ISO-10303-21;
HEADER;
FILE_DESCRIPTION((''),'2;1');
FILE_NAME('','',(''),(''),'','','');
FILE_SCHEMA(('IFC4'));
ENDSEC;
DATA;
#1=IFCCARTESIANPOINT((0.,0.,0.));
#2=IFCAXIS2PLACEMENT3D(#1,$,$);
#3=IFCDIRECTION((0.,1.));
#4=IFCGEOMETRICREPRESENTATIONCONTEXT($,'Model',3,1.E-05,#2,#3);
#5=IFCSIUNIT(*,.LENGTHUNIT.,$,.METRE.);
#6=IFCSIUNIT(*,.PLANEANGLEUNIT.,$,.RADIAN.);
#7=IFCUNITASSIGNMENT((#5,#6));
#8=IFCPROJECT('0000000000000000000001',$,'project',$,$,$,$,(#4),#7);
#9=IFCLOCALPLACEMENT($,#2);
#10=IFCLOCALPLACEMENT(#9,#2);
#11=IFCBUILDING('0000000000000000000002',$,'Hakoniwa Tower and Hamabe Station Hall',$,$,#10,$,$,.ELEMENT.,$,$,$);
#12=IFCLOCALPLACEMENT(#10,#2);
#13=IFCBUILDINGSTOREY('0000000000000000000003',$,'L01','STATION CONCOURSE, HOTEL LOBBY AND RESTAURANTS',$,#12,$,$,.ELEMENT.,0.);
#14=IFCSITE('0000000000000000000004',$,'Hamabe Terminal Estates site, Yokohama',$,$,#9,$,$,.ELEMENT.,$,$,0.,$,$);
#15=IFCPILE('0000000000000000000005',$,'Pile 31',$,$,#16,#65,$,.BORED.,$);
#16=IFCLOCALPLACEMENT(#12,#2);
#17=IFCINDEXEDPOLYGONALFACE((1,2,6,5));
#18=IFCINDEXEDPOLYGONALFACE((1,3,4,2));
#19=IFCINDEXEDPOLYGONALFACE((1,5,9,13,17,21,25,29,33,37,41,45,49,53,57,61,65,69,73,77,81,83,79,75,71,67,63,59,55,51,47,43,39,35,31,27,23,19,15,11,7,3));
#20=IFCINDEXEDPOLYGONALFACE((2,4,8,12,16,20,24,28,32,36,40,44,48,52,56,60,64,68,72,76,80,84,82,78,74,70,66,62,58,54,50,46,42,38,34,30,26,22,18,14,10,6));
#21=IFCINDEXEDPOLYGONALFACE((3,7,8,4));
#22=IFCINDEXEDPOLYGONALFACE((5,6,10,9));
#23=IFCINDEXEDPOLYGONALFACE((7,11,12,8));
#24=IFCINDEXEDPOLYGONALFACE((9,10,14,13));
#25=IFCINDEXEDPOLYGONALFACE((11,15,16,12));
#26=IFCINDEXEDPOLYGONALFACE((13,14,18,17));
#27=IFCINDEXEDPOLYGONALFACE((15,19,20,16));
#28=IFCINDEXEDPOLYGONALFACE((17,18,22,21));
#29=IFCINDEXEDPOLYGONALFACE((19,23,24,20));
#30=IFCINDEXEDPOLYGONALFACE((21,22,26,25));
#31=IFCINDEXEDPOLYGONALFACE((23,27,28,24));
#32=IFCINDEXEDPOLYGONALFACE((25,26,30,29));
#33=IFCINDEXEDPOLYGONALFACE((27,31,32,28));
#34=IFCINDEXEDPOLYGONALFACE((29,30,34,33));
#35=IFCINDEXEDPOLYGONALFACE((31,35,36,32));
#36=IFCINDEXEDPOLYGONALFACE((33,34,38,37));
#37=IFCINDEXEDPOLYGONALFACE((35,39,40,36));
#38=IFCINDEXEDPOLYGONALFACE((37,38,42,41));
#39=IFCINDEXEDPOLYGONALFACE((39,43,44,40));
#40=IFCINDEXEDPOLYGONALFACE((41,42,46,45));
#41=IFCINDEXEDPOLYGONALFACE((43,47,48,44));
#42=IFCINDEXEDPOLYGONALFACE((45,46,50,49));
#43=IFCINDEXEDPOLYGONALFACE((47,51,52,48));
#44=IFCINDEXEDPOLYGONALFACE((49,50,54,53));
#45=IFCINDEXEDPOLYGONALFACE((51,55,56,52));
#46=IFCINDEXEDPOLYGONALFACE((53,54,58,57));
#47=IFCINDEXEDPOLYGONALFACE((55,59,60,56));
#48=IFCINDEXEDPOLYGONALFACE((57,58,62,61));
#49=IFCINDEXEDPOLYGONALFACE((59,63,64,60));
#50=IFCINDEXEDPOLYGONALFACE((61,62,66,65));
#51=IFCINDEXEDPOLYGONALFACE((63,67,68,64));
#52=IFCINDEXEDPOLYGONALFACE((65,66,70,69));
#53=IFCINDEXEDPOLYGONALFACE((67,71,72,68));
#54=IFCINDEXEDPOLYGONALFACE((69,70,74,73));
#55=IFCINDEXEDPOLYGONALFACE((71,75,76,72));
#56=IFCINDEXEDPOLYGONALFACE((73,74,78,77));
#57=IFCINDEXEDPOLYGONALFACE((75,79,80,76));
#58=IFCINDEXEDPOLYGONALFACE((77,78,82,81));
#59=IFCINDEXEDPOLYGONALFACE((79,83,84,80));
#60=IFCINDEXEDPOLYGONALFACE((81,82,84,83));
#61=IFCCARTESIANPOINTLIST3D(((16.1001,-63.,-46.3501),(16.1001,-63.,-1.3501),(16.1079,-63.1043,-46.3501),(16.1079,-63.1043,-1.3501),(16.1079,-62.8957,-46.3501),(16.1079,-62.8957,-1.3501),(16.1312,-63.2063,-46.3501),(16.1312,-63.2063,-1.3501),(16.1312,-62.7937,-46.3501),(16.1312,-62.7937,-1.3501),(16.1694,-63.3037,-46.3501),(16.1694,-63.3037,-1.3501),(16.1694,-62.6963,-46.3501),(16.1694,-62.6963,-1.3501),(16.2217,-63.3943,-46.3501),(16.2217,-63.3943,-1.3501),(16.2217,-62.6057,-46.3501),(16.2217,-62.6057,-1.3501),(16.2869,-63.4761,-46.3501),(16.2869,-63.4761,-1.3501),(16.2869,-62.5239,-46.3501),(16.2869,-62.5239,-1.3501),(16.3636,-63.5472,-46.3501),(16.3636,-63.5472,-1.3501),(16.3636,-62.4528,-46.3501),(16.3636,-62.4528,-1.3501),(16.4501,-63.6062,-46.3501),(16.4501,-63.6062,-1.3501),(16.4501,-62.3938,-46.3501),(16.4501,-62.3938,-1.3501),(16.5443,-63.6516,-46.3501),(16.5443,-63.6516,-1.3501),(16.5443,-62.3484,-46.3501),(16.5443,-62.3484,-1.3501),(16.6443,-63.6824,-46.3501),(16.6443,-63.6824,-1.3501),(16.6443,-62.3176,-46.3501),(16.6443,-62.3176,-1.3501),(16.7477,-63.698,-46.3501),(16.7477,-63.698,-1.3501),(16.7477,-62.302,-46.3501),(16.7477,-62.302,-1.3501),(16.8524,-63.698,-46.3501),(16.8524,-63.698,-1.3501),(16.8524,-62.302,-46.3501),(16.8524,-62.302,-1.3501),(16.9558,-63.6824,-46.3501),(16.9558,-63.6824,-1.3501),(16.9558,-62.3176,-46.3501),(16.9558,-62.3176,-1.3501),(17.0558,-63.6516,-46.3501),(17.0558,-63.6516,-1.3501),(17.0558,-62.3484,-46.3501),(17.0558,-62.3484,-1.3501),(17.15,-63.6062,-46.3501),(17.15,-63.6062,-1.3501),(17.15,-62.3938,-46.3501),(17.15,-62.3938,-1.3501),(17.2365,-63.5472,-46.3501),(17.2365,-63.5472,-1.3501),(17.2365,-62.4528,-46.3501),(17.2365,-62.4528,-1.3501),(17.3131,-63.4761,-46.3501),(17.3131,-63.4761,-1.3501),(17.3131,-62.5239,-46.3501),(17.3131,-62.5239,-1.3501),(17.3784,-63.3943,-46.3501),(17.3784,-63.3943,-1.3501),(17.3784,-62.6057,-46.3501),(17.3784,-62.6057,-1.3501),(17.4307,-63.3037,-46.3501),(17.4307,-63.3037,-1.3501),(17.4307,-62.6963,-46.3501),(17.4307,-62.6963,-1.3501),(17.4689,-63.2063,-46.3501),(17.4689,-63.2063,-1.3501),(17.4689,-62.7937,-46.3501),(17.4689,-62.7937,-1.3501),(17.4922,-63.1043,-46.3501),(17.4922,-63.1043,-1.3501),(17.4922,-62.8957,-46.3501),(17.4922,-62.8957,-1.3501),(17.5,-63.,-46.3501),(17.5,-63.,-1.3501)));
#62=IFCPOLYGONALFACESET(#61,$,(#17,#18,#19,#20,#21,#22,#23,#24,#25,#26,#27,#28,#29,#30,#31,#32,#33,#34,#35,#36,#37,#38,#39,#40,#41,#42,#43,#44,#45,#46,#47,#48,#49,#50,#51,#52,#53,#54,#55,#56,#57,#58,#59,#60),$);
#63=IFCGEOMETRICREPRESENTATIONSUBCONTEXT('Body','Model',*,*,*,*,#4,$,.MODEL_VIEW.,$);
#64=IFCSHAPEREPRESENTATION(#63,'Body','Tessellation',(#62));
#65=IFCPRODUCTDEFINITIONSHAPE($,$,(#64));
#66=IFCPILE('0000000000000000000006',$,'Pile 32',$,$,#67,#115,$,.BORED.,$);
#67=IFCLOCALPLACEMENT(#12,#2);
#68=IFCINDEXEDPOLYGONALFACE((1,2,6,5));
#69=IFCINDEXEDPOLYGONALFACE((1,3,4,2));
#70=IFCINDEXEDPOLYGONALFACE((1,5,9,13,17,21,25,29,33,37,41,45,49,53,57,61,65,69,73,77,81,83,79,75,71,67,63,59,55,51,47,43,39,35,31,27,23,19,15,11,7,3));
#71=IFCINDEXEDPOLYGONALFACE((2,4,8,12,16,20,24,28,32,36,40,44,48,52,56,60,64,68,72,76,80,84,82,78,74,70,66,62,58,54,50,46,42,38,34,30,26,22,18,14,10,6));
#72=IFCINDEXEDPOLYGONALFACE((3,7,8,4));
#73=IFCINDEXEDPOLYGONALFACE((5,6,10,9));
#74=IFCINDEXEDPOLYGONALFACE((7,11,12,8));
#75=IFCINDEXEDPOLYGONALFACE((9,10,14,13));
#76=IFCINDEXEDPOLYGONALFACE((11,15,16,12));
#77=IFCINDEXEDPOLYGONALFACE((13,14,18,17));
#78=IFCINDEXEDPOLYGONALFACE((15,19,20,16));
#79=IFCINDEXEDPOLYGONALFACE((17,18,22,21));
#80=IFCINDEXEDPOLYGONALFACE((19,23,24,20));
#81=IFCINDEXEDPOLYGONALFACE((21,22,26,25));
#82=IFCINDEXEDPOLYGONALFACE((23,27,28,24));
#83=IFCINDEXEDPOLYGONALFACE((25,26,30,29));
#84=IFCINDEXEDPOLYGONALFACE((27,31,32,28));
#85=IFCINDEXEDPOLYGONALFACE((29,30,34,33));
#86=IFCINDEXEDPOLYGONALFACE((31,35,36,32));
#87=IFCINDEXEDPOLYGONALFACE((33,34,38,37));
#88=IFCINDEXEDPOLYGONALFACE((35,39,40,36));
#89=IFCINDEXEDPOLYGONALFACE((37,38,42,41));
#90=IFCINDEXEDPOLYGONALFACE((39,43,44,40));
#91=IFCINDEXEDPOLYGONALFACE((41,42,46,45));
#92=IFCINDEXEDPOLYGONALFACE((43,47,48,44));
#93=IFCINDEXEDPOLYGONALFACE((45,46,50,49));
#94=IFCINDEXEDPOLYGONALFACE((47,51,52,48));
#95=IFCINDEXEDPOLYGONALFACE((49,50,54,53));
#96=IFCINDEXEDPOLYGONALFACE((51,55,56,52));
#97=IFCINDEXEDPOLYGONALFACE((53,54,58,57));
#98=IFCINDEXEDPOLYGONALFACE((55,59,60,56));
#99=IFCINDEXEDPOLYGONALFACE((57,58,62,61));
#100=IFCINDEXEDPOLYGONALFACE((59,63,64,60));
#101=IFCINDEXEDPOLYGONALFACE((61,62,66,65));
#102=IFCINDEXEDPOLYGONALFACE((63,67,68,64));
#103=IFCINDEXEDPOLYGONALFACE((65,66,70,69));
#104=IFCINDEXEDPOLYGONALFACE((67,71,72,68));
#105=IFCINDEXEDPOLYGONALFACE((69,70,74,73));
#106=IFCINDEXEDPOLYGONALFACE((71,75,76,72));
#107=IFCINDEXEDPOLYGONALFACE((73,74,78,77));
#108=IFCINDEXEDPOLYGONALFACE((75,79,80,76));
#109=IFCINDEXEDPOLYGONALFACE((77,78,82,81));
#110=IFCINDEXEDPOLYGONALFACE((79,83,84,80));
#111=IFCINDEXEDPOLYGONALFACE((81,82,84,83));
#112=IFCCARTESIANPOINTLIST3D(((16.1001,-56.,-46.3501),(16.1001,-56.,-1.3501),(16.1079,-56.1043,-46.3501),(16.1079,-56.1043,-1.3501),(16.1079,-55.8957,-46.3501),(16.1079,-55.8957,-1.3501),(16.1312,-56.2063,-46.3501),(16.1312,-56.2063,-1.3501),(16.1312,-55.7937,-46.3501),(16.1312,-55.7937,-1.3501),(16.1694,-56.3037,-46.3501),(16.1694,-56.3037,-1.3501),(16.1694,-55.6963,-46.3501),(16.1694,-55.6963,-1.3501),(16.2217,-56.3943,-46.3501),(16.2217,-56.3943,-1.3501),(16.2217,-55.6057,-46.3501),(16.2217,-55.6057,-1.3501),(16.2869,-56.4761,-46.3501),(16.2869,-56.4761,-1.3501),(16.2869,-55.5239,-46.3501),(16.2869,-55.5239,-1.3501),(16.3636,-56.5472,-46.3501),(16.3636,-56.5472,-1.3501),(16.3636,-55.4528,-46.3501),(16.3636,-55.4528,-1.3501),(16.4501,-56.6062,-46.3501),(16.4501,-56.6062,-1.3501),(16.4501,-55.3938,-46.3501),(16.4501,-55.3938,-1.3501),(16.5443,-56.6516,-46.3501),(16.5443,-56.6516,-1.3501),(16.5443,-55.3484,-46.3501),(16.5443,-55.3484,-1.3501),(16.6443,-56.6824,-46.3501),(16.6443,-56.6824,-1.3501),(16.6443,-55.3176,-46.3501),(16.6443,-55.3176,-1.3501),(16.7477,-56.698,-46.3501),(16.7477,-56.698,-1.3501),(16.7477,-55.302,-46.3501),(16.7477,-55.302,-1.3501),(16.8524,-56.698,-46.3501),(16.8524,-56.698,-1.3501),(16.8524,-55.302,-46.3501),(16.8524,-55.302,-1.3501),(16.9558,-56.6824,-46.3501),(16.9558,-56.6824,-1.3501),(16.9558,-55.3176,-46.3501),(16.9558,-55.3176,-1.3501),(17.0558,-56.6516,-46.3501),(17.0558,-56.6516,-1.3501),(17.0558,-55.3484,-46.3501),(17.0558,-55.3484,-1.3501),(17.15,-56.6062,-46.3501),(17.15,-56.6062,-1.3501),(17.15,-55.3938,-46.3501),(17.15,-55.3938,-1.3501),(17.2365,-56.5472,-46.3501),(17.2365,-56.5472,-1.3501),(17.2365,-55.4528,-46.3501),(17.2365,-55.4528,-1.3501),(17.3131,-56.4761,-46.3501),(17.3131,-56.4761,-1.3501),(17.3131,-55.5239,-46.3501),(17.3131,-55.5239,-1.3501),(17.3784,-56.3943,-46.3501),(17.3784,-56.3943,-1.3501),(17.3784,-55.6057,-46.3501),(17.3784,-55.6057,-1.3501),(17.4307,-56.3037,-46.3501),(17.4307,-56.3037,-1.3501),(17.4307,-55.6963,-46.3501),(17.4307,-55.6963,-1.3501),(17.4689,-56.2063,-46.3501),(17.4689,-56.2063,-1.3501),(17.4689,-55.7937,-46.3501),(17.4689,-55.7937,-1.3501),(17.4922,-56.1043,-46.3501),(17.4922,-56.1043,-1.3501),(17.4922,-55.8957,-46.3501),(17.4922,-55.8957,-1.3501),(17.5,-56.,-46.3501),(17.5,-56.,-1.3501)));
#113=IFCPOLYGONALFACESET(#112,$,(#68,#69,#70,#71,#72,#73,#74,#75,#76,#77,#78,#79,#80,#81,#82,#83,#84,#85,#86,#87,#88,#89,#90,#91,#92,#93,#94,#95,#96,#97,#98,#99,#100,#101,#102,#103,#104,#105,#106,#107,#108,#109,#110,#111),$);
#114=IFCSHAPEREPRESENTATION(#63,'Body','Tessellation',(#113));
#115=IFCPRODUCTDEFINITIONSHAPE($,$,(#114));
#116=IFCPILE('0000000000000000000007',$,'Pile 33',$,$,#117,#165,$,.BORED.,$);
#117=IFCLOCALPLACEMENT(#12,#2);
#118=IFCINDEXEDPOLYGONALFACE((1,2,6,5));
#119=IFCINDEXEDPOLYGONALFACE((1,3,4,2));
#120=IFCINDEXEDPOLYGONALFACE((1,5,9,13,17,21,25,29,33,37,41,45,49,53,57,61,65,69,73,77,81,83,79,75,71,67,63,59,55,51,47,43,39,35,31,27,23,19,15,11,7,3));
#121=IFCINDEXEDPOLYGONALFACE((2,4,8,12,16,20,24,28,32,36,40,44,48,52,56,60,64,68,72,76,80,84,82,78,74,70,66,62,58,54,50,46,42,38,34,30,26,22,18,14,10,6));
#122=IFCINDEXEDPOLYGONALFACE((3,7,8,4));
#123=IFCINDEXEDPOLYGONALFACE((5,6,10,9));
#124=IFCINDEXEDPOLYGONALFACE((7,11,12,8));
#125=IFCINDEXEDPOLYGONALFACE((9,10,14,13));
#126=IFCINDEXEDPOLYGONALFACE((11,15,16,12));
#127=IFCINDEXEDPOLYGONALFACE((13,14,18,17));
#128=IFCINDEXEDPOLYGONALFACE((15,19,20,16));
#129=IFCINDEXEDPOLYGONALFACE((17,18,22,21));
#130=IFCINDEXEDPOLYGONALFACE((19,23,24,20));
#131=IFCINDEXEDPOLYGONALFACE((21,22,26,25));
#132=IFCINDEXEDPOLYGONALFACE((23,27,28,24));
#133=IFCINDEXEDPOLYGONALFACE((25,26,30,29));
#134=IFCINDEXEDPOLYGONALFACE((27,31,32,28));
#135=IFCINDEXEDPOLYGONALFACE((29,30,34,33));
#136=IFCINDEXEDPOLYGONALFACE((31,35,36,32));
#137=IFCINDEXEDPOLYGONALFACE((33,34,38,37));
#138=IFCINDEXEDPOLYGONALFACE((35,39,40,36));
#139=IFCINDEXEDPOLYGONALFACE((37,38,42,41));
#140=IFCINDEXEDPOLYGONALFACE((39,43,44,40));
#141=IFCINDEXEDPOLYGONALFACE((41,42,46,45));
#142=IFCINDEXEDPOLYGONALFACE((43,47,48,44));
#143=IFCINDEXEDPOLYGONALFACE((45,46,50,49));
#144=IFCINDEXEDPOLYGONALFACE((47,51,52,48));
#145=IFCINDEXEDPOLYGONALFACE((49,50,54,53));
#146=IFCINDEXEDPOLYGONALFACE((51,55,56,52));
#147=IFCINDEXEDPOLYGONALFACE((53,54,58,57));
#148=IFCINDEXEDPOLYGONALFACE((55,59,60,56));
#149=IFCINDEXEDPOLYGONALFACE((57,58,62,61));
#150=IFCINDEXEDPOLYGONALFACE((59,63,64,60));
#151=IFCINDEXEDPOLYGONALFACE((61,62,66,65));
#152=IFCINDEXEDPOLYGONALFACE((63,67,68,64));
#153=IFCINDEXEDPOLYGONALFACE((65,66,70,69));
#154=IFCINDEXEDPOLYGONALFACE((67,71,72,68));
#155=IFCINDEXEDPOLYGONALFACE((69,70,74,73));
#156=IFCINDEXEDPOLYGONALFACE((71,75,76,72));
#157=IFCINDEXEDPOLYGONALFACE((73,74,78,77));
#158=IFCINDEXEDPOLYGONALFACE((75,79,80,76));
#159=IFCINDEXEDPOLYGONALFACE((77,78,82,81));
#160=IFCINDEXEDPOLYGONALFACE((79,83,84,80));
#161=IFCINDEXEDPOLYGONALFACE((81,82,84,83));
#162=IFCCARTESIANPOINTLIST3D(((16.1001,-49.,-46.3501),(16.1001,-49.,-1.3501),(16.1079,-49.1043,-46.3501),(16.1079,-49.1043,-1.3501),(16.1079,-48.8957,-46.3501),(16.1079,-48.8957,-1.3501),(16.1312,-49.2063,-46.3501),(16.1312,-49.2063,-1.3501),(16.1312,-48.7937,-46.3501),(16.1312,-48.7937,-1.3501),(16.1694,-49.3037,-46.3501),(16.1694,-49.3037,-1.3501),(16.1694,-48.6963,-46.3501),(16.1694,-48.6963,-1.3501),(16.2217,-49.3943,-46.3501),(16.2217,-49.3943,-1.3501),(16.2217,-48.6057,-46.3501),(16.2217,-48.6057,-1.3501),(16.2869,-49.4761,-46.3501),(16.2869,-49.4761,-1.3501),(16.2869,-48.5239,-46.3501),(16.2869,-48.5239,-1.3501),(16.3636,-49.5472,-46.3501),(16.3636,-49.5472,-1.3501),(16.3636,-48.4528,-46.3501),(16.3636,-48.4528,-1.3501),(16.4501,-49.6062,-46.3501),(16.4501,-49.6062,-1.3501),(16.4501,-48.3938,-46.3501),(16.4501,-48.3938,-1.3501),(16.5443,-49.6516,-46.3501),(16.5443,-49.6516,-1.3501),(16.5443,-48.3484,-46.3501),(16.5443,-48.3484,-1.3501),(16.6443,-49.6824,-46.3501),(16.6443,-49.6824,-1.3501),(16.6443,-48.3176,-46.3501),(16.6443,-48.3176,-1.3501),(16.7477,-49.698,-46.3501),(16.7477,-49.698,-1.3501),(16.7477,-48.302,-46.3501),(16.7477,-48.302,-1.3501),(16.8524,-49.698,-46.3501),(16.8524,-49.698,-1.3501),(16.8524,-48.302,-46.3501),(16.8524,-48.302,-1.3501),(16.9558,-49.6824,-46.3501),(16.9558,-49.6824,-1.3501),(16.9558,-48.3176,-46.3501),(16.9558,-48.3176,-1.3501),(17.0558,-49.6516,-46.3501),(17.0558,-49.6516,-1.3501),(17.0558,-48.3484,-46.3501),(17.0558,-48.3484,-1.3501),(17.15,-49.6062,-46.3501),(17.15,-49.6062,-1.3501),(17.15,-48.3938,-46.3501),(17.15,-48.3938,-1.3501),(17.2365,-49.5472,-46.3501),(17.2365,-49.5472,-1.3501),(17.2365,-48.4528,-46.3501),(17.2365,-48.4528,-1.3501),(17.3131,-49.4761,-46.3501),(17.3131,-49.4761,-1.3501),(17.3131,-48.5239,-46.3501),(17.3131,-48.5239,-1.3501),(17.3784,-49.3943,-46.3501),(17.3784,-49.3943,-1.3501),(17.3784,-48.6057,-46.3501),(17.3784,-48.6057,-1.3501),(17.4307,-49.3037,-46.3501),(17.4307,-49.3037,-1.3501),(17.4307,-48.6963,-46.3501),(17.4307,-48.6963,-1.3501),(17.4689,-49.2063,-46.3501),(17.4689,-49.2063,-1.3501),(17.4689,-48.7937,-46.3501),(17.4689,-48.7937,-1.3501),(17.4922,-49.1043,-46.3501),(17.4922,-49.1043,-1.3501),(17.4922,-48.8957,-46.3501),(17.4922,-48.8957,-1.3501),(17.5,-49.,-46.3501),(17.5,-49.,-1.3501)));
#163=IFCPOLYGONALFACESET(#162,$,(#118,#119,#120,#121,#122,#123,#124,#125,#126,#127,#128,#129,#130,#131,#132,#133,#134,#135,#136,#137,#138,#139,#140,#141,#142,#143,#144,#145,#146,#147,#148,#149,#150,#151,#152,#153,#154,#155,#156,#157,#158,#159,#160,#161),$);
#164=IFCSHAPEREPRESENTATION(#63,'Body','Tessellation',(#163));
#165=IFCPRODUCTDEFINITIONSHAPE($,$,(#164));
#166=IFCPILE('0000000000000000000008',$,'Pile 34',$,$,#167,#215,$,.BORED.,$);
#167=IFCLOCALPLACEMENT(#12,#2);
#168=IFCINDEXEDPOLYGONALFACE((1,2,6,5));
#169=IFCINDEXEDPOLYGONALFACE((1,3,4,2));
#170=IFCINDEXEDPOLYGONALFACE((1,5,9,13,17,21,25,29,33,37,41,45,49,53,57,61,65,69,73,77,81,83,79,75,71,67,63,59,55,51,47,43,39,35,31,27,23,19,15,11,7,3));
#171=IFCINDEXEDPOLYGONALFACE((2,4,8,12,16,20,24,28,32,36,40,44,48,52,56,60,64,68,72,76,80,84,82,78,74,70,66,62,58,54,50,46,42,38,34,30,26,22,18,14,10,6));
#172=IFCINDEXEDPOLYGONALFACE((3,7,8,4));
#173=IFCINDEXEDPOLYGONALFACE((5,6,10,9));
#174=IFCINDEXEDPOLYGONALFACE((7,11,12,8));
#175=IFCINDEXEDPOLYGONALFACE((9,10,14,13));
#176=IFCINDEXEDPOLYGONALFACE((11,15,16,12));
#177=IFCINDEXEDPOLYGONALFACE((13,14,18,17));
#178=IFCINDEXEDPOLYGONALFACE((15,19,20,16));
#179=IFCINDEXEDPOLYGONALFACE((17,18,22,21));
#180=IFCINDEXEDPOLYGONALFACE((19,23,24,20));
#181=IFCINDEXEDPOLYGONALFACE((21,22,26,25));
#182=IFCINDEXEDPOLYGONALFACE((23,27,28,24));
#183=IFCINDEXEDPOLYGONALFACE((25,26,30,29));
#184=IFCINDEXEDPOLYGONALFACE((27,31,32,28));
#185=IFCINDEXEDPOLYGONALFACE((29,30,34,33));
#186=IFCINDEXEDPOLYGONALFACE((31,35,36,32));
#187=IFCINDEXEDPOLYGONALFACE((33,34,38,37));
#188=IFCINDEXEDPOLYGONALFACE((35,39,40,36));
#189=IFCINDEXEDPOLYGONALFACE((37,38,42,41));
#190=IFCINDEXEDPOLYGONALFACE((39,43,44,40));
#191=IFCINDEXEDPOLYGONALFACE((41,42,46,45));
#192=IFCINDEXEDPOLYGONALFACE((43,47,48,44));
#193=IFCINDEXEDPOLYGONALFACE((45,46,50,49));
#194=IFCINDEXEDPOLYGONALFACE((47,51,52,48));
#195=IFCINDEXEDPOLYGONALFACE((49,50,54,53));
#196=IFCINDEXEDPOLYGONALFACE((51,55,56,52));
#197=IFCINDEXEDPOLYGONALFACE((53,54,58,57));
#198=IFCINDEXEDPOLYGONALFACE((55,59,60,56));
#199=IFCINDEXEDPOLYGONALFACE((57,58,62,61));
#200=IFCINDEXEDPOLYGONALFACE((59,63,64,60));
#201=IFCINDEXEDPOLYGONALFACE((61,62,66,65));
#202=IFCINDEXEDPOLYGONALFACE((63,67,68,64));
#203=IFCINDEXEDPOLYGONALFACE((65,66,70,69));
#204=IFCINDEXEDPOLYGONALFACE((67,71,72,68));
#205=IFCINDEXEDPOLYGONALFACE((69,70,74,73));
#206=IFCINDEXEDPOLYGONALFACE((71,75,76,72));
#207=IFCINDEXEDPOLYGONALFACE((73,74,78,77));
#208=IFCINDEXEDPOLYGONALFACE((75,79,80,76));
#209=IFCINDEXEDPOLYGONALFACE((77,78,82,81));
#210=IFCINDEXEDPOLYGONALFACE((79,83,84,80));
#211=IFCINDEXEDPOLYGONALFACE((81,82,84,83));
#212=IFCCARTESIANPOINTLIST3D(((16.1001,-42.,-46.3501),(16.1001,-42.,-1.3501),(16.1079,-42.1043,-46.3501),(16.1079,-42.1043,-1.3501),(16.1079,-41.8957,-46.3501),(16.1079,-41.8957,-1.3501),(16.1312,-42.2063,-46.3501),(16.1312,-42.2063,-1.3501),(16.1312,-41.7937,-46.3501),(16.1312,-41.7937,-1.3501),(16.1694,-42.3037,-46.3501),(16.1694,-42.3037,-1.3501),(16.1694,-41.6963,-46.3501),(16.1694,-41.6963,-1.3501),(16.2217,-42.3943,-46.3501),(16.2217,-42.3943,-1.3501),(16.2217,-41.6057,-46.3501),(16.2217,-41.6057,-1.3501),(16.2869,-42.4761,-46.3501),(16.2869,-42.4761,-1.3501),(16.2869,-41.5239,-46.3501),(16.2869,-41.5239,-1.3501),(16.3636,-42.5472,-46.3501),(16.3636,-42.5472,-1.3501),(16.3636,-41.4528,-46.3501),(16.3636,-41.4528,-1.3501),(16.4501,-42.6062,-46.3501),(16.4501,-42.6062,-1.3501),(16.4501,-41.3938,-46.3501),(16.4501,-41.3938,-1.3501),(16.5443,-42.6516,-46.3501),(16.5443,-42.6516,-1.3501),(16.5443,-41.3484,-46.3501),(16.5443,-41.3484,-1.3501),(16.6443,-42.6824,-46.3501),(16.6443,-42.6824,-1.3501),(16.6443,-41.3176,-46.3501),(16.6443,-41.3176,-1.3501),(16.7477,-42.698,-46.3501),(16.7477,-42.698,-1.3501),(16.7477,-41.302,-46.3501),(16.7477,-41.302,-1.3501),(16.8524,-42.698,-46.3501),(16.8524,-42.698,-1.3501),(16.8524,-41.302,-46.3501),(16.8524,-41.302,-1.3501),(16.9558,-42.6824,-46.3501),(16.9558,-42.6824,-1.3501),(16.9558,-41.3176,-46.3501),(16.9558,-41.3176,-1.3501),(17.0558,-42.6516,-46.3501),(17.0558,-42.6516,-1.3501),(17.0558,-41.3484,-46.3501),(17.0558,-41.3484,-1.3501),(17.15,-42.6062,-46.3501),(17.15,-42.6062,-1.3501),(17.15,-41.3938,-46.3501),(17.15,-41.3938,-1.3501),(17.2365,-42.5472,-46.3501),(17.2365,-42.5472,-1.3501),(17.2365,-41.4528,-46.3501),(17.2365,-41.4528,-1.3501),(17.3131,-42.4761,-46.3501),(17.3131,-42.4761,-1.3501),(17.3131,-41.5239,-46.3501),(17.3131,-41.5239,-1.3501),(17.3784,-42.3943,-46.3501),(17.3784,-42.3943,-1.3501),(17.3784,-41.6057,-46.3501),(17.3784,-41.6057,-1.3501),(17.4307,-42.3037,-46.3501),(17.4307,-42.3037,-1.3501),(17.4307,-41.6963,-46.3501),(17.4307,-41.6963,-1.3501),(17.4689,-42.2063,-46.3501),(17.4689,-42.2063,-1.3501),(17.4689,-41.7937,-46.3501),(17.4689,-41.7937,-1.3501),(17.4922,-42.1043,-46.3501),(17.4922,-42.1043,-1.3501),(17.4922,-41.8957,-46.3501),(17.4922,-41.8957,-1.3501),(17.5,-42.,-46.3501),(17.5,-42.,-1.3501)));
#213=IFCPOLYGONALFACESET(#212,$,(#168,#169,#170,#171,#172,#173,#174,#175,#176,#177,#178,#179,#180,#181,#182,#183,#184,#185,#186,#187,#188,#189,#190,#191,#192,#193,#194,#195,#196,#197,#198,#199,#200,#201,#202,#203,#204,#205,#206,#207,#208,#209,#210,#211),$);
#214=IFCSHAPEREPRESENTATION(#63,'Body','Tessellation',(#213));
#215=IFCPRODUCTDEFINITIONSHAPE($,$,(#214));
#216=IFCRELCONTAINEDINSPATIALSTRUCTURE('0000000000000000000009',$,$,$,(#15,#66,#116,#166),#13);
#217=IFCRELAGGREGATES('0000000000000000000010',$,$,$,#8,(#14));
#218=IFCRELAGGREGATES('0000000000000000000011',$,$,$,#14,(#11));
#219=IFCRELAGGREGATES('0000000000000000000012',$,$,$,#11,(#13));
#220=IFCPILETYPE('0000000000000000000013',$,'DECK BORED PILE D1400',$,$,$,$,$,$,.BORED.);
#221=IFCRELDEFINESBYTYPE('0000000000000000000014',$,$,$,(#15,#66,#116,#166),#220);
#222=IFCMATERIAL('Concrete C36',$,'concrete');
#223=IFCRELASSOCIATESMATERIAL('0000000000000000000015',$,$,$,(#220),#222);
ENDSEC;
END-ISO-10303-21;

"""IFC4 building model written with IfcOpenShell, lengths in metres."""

from ifc_helpers import new_model, si_unit, direction, frame, origin, origin_2d, place, context, subcontext, project, spatial, circle, extrude, material, material_profile, profile_set, type_object, element, save


model = new_model("IFC4")

# Units and contexts
model_context = context("Model", 3, precision=1e-05, world=origin(), true_north=direction((0.0, 1.0)))
body_context = subcontext(model_context, "Body", "Model", "MODEL_VIEW")
ifc_project = project(units=[si_unit("LENGTHUNIT", "METRE"), si_unit("PLANEANGLEUNIT", "RADIAN")], contexts=[model_context])

# Site, building, storey
site_placement = place(None, origin())
site = spatial("IfcSite", under=ifc_project, at=site_placement, Name="Hamabe Terminal Estates site, Yokohama", CompositionType="ELEMENT", RefElevation=0.0)
building_placement = place(site_placement, origin())
building = spatial("IfcBuilding", under=site, at=building_placement, Name="Hakoniwa Tower and Hamabe Station Hall", CompositionType="ELEMENT")
storey_placement = place(building_placement, origin())
storey = spatial("IfcBuildingStorey", under=building, at=storey_placement, Name="L01", Description="STATION CONCOURSE, HOTEL LOBBY AND RESTAURANTS", CompositionType="ELEMENT", Elevation=0.0)

# Piles
ifc_material_1 = material(Name="Concrete C36", Category="concrete")
ifc_material_profile_1 = material_profile(ifc_material_1, circle(Radius=0.7, at=origin_2d()), Name="DECK BORED PILE D1400")
ifc_profile_set_1 = profile_set([ifc_material_profile_1], Name="Concrete C36")
pile_type_1 = type_object("IfcPileType", Name="DECK BORED PILE D1400", PredefinedType="BORED", material=ifc_profile_set_1)
for number, where, z_axis, x_axis, name in (
    (1, (16.8, -63.0, -1.3501), (0.0, 0.0, -1.0), (1.0, 0.0, 0.0), "Pile 31"),
    (2, (16.8, -56.0, -1.3501), (0.0, 0.0, -1.0), (1.0, 0.0, 0.0), "Pile 32"),
    (3, (16.8, -49.0, -1.3501), (0.0, 0.0, -1.0), (1.0, 0.0, 0.0), "Pile 33"),
    (4, (16.8, -42.0, -1.3501), (0.0, 0.0, -1.0), (1.0, 0.0, 0.0), "Pile 34"),
):
    element("IfcPile", number, at=place(storey_placement, frame(where, z_axis=z_axis, x_axis=x_axis)), inside=storey, type_object=pile_type_1, Name=name, PredefinedType="BORED", context=body_context, shape_type="SweptSolid", body=[
        extrude(circle(Radius=0.7, at=origin_2d()), origin(), (0.0, 0.0, 1.0), 45.0),
    ])

save(model, "model.ifc")
